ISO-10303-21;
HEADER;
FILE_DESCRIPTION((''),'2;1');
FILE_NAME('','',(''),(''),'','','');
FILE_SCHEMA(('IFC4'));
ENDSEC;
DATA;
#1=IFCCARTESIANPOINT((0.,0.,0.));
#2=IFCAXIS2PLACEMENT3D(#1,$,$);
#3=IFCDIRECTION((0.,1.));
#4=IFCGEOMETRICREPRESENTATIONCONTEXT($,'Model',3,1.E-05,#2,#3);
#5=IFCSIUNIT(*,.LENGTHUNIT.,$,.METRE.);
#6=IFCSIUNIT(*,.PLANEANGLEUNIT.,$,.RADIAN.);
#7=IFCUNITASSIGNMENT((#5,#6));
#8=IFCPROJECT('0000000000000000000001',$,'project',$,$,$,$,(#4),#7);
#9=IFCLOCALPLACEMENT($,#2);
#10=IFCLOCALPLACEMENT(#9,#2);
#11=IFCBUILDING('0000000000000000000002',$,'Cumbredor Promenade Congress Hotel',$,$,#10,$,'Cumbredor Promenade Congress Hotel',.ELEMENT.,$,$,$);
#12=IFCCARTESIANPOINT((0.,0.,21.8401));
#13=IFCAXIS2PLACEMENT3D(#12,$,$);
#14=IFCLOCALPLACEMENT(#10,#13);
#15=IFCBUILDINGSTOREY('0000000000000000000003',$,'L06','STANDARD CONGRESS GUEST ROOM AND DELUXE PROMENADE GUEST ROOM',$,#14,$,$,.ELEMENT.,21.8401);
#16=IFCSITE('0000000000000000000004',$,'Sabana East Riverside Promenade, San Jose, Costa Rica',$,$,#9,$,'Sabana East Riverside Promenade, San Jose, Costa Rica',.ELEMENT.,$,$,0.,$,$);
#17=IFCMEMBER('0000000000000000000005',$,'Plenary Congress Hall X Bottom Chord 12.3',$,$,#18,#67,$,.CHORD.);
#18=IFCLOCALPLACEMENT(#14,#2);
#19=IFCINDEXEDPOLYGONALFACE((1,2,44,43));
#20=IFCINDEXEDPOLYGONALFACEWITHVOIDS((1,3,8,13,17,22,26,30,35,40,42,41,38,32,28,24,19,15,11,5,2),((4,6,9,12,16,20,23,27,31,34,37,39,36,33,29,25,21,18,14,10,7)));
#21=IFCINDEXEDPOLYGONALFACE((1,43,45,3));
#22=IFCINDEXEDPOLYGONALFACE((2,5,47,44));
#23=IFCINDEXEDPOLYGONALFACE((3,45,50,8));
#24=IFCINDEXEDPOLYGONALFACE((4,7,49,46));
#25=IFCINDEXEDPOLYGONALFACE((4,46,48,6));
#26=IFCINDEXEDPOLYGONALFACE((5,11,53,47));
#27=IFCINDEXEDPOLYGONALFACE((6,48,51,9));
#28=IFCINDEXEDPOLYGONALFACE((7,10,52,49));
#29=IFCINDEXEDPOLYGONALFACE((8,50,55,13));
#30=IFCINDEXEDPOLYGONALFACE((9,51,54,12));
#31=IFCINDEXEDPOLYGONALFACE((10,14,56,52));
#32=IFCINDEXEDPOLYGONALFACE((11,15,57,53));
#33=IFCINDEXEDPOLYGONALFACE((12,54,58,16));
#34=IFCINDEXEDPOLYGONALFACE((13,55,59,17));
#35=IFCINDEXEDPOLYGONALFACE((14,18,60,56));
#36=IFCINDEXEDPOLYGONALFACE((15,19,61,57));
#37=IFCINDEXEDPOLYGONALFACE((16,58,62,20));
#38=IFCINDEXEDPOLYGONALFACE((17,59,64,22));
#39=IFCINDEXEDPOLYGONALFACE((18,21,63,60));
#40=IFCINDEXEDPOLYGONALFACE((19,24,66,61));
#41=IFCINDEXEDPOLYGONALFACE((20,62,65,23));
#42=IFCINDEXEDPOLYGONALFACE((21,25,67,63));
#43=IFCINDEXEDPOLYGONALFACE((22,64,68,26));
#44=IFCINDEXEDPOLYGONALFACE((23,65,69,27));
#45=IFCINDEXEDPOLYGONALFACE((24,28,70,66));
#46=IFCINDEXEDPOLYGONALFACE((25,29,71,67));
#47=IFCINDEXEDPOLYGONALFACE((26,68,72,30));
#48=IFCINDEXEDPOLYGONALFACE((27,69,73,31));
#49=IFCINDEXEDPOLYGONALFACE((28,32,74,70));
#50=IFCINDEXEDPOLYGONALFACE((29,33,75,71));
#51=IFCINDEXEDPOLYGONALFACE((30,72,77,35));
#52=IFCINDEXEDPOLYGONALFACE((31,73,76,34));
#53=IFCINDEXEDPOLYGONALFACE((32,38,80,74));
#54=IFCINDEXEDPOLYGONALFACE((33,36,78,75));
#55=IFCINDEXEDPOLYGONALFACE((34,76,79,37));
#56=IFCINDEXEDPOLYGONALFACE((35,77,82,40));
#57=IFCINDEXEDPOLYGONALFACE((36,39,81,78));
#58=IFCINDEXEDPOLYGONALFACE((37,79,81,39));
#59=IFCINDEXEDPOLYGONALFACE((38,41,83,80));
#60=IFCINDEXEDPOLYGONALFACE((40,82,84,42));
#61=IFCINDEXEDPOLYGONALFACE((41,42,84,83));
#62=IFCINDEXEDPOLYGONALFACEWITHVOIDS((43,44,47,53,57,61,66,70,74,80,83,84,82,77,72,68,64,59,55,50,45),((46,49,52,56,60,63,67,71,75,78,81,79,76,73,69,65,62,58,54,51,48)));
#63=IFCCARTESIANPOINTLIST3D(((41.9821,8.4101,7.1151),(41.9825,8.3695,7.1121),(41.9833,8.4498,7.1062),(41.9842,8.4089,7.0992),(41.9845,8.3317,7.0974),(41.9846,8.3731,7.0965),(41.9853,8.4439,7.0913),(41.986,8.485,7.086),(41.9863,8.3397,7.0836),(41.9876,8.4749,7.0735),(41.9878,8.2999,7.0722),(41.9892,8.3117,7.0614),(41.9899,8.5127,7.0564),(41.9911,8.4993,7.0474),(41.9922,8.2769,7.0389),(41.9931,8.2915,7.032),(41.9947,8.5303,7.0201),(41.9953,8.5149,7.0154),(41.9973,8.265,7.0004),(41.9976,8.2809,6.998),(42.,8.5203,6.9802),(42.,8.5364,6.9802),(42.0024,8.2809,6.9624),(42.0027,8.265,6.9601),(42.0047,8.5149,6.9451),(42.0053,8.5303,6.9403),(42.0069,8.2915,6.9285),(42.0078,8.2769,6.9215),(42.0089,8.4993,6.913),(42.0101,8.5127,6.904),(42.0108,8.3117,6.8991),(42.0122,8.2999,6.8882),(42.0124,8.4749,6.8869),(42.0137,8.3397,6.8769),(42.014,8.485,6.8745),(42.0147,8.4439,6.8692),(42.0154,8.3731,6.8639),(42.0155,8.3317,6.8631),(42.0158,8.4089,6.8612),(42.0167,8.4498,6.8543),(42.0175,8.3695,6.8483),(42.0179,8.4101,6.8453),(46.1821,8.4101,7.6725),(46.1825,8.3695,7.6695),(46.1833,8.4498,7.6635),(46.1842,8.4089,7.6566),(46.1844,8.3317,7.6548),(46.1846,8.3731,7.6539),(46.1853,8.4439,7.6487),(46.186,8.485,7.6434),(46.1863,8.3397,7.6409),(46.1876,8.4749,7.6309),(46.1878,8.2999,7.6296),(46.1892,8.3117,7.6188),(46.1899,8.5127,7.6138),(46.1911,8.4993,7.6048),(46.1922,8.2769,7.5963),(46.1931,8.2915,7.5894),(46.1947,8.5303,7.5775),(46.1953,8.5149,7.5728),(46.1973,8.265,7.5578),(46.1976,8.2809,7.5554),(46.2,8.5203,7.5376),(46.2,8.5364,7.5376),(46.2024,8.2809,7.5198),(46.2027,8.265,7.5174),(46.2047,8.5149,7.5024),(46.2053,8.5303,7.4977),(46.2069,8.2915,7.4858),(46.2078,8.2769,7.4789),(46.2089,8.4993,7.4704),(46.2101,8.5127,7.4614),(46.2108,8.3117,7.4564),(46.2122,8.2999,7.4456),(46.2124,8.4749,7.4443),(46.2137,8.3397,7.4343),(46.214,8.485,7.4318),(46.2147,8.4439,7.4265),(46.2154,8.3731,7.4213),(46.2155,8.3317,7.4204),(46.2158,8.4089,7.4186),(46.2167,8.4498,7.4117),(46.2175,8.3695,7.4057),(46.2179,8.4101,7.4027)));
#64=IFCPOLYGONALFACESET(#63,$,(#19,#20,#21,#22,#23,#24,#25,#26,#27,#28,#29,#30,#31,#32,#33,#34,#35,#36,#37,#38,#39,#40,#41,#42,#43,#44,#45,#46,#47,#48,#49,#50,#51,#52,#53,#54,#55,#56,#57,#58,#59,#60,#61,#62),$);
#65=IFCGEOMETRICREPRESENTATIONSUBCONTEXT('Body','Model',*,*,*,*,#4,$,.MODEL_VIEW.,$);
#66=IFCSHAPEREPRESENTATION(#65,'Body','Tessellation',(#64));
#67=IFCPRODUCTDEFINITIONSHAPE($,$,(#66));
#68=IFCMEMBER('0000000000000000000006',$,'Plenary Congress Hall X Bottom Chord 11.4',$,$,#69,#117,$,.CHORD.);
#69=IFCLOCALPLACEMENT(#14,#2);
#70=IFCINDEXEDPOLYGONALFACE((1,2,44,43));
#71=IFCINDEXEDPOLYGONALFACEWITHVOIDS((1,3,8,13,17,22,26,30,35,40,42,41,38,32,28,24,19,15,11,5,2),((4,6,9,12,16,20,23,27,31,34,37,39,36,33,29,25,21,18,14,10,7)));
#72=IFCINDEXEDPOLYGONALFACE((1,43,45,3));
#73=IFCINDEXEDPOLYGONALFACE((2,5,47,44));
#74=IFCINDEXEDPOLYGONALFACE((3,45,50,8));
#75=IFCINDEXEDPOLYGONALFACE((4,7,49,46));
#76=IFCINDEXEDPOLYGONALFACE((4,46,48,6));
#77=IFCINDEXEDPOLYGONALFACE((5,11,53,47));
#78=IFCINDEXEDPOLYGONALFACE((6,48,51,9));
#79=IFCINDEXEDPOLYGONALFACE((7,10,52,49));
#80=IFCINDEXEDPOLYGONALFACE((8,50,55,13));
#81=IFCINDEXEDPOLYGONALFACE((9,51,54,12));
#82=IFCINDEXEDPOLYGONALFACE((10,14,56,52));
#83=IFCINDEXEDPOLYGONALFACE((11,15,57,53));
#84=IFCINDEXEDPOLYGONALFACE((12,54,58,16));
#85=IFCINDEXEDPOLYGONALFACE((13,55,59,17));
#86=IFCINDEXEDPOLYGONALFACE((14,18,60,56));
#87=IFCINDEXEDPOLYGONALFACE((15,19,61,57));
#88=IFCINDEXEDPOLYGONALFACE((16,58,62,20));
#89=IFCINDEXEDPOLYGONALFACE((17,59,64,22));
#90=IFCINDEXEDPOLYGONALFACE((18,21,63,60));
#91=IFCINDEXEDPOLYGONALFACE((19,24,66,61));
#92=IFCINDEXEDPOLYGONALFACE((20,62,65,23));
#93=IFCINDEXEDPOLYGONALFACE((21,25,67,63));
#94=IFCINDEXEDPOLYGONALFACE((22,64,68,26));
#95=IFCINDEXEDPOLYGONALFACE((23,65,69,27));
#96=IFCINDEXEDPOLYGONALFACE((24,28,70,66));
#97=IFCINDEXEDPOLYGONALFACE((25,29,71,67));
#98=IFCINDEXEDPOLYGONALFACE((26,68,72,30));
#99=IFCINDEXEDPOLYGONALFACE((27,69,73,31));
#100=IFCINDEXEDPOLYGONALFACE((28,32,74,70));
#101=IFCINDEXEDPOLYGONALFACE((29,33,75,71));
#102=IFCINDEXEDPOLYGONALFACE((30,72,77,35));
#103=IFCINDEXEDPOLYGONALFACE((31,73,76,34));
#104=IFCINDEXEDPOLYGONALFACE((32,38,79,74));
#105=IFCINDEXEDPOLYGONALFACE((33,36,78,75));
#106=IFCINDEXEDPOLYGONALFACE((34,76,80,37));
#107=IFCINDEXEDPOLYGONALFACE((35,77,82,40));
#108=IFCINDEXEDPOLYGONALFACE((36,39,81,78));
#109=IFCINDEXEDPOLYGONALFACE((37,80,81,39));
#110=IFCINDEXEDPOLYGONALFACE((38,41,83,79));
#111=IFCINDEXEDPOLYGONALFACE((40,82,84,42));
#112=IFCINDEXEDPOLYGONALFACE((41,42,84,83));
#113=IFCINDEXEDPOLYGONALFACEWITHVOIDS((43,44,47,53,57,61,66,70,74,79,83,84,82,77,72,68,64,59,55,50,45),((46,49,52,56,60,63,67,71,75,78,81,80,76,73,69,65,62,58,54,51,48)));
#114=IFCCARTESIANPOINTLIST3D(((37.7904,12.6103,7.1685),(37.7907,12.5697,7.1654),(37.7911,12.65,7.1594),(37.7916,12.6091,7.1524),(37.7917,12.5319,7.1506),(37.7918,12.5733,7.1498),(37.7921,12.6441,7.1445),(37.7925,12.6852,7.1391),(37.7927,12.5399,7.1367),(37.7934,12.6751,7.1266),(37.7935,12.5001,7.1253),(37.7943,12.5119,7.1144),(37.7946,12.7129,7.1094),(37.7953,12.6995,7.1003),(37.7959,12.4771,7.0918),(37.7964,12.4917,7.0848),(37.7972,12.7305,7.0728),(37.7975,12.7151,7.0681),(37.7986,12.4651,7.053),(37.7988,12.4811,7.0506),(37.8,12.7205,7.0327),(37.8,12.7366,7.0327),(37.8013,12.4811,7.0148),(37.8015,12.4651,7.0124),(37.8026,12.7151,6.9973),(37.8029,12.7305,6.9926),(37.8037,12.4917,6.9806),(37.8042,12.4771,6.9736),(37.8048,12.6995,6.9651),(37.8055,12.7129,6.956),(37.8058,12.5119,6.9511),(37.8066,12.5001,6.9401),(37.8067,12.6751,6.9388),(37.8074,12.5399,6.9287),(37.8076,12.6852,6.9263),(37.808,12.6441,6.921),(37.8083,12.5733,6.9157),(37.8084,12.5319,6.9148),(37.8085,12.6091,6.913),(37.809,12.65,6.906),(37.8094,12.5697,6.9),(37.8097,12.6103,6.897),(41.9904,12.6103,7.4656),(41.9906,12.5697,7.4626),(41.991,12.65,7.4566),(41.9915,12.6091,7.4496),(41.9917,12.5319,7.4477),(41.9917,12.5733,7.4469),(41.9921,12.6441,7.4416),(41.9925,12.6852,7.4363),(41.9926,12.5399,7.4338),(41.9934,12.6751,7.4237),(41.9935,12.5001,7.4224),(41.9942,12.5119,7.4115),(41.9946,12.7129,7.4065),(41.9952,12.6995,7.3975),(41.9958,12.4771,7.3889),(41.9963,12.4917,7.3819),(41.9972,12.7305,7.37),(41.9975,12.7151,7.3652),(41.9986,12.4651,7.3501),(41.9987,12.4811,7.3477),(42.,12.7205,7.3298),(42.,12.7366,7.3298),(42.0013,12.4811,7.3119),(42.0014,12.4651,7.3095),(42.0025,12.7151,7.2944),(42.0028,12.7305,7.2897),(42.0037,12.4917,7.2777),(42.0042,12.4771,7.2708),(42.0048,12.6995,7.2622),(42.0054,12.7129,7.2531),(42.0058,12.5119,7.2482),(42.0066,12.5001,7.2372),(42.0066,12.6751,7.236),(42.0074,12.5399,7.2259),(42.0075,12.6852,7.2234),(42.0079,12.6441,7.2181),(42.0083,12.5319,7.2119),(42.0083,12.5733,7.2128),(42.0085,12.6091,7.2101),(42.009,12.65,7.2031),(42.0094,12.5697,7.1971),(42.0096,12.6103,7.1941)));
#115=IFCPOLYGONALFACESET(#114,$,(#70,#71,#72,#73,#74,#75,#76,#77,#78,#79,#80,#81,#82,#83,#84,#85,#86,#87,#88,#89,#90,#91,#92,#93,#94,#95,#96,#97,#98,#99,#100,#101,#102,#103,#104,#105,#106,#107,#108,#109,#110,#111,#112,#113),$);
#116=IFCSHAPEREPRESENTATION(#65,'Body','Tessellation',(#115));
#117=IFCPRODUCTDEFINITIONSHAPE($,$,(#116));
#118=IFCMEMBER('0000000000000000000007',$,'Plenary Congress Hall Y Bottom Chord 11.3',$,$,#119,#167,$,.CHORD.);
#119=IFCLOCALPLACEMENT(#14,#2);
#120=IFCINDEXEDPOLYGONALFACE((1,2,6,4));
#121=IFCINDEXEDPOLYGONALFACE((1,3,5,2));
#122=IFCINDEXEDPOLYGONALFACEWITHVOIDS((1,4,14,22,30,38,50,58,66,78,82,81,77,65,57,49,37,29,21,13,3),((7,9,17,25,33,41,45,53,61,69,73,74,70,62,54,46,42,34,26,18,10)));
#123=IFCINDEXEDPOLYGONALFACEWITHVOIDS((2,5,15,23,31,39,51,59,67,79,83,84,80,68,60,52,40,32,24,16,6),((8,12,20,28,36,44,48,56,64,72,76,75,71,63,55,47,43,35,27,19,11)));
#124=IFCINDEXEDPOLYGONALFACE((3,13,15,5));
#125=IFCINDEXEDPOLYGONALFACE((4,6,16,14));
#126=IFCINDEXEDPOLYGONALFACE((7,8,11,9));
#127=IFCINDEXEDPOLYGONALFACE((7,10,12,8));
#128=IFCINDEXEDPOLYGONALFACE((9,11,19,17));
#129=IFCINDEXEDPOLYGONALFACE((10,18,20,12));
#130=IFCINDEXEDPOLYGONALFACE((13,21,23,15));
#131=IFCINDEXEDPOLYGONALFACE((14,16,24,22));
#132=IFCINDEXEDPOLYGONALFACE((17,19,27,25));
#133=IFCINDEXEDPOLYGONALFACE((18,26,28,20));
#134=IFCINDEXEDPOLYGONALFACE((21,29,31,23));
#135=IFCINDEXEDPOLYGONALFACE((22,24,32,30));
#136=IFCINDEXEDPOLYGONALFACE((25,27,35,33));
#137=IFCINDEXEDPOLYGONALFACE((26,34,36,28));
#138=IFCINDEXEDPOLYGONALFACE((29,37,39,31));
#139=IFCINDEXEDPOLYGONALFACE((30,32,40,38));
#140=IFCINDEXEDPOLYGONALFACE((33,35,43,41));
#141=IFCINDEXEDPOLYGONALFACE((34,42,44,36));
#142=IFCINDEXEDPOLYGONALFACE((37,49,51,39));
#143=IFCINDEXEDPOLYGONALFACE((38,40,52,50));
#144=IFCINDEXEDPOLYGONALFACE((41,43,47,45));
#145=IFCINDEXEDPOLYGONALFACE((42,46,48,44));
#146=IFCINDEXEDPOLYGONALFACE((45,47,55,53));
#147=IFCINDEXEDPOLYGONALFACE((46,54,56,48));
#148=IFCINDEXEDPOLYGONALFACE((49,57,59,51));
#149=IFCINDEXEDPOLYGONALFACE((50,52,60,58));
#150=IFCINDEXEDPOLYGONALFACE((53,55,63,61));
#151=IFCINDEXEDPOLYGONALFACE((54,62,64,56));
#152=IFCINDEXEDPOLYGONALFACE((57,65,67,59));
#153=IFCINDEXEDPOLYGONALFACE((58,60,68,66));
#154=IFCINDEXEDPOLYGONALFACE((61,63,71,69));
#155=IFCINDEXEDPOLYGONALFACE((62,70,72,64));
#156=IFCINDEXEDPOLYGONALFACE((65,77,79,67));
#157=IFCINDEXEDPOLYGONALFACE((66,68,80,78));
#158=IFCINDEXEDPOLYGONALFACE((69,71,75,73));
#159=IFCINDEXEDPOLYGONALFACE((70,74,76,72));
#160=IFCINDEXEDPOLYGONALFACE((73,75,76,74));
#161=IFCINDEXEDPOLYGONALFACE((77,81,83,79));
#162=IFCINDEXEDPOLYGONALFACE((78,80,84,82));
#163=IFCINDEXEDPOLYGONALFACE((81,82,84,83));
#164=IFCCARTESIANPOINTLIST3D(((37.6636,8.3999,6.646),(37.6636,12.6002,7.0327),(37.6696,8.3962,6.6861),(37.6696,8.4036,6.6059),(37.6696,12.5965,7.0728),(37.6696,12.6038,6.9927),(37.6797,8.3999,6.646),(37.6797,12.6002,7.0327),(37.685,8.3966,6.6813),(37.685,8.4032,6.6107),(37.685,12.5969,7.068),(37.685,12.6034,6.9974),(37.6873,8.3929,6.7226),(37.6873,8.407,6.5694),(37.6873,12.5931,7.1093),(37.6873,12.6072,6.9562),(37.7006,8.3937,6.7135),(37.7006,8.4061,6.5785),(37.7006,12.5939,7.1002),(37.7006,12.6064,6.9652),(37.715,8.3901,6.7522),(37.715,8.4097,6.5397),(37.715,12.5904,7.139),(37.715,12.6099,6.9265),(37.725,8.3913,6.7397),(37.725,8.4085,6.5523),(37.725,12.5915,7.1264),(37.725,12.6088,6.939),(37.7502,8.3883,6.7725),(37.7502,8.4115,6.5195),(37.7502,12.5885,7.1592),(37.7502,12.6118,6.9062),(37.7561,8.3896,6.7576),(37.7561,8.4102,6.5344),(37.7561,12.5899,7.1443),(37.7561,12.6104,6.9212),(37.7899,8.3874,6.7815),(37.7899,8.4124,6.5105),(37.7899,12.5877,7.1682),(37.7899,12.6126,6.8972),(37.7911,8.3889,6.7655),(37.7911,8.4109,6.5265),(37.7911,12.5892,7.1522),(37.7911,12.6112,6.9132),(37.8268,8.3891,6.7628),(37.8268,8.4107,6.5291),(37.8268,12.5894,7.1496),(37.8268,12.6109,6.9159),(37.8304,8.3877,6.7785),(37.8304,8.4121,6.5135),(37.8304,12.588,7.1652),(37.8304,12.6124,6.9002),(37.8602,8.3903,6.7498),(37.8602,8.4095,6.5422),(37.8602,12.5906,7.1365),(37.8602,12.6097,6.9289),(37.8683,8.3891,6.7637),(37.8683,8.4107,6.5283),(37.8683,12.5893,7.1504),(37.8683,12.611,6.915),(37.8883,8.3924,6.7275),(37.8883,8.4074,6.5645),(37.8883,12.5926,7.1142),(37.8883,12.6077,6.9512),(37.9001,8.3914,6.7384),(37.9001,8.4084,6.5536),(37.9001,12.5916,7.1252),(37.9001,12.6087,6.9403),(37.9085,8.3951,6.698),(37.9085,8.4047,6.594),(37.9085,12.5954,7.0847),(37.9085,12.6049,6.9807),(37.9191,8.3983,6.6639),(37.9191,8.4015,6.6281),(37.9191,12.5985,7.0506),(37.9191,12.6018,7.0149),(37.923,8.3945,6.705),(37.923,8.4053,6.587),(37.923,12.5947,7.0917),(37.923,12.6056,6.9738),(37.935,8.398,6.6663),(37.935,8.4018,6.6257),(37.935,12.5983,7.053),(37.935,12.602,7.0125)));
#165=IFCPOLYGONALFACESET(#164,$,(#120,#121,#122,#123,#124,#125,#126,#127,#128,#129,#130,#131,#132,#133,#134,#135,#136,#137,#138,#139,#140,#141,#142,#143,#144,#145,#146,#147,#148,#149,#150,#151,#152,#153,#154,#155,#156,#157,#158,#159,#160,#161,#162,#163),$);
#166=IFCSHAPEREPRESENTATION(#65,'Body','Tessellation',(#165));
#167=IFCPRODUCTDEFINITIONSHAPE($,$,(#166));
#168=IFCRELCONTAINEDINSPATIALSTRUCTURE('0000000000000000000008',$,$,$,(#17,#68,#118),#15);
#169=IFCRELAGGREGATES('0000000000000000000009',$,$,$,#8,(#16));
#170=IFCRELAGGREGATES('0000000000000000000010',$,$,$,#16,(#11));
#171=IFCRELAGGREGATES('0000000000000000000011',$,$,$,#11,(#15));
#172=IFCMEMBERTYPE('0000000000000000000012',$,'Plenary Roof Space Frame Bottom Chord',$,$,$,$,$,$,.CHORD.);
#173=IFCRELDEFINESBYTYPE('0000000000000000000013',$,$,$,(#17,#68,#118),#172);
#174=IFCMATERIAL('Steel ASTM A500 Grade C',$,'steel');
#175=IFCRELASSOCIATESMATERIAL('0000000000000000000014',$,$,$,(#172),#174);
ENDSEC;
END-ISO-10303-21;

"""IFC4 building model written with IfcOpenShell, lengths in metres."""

from ifc_helpers import new_model, si_unit, direction, frame, origin, origin_2d, place, context, subcontext, project, spatial, hollow_circle, extrude, material, material_profile, profile_set, type_object, element, save


model = new_model("IFC4")

# Units and contexts
model_context = context("Model", 3, precision=1e-05, world=origin(), true_north=direction((0.0, 1.0)))
body_context = subcontext(model_context, "Body", "Model", "MODEL_VIEW")
ifc_project = project(units=[si_unit("LENGTHUNIT", "METRE"), si_unit("PLANEANGLEUNIT", "RADIAN")], contexts=[model_context])

# Site, building, storey
site_placement = place(None, origin())
site = spatial("IfcSite", under=ifc_project, at=site_placement, Name="Sabana East Riverside Promenade, San Jose, Costa Rica", LongName="Sabana East Riverside Promenade, San Jose, Costa Rica", CompositionType="ELEMENT", RefElevation=0.0)
building_placement = place(site_placement, origin())
building = spatial("IfcBuilding", under=site, at=building_placement, Name="Cumbredor Promenade Congress Hotel", LongName="Cumbredor Promenade Congress Hotel", CompositionType="ELEMENT")
storey_placement = place(building_placement, frame((0.0, 0.0, 21.8401)))
storey = spatial("IfcBuildingStorey", under=building, at=storey_placement, Name="L06", Description="STANDARD CONGRESS GUEST ROOM AND DELUXE PROMENADE GUEST ROOM", CompositionType="ELEMENT", Elevation=21.8401)

# Members
ifc_material_1 = material(Name="Steel ASTM A500 Grade C", Category="steel")
ifc_material_profile_1 = material_profile(ifc_material_1, hollow_circle(Radius=0.1365, WallThickness=0.0161, at=origin_2d()), Name="CHS 273.0x16")
ifc_profile_set_1 = profile_set([ifc_material_profile_1], Name="Steel ASTM A500 Grade C")
member_type_1 = type_object("IfcMemberType", Name="Plenary Roof Space Frame Bottom Chord", PredefinedType="CHORD", material=ifc_profile_set_1)
member_1_placement = place(storey_placement, frame((42.0, 8.3999, 6.9802), z_axis=(0.991309, 0.0, 0.131556), x_axis=(0.0, 1.0, 0.0)))
element("IfcMember", 1, at=member_1_placement, inside=storey, type_object=member_type_1, Name="Plenary Congress Hall X Bottom Chord 12.3", PredefinedType="CHORD", context=body_context, shape_type="SweptSolid", body=[
    extrude(hollow_circle(Radius=0.1365, WallThickness=0.0161, at=origin_2d()), origin(), (0.0, 0.0, 1.0), 4.2368),
])
member_2_placement = place(storey_placement, frame((37.8, 12.6001, 7.0327), z_axis=(0.997507, 0.0, 0.070567), x_axis=(0.0, 1.0, 0.0)))
element("IfcMember", 2, at=member_2_placement, inside=storey, type_object=member_type_1, Name="Plenary Congress Hall X Bottom Chord 11.4", PredefinedType="CHORD", context=body_context, shape_type="SweptSolid", body=[
    extrude(hollow_circle(Radius=0.1365, WallThickness=0.0161, at=origin_2d()), origin(), (0.0, 0.0, 1.0), 4.2104),
])
member_3_placement = place(storey_placement, frame((37.8, 8.3999, 6.646), z_axis=(0.0, 0.995788, 0.091684), x_axis=(-1.0, 0.0, 0.0)))
element("IfcMember", 3, at=member_3_placement, inside=storey, type_object=member_type_1, Name="Plenary Congress Hall Y Bottom Chord 11.3", PredefinedType="CHORD", context=body_context, shape_type="SweptSolid", body=[
    extrude(hollow_circle(Radius=0.1365, WallThickness=0.0161, at=origin_2d()), origin(), (0.0, 0.0, 1.0), 4.218),
])

save(model, "model.ifc")
